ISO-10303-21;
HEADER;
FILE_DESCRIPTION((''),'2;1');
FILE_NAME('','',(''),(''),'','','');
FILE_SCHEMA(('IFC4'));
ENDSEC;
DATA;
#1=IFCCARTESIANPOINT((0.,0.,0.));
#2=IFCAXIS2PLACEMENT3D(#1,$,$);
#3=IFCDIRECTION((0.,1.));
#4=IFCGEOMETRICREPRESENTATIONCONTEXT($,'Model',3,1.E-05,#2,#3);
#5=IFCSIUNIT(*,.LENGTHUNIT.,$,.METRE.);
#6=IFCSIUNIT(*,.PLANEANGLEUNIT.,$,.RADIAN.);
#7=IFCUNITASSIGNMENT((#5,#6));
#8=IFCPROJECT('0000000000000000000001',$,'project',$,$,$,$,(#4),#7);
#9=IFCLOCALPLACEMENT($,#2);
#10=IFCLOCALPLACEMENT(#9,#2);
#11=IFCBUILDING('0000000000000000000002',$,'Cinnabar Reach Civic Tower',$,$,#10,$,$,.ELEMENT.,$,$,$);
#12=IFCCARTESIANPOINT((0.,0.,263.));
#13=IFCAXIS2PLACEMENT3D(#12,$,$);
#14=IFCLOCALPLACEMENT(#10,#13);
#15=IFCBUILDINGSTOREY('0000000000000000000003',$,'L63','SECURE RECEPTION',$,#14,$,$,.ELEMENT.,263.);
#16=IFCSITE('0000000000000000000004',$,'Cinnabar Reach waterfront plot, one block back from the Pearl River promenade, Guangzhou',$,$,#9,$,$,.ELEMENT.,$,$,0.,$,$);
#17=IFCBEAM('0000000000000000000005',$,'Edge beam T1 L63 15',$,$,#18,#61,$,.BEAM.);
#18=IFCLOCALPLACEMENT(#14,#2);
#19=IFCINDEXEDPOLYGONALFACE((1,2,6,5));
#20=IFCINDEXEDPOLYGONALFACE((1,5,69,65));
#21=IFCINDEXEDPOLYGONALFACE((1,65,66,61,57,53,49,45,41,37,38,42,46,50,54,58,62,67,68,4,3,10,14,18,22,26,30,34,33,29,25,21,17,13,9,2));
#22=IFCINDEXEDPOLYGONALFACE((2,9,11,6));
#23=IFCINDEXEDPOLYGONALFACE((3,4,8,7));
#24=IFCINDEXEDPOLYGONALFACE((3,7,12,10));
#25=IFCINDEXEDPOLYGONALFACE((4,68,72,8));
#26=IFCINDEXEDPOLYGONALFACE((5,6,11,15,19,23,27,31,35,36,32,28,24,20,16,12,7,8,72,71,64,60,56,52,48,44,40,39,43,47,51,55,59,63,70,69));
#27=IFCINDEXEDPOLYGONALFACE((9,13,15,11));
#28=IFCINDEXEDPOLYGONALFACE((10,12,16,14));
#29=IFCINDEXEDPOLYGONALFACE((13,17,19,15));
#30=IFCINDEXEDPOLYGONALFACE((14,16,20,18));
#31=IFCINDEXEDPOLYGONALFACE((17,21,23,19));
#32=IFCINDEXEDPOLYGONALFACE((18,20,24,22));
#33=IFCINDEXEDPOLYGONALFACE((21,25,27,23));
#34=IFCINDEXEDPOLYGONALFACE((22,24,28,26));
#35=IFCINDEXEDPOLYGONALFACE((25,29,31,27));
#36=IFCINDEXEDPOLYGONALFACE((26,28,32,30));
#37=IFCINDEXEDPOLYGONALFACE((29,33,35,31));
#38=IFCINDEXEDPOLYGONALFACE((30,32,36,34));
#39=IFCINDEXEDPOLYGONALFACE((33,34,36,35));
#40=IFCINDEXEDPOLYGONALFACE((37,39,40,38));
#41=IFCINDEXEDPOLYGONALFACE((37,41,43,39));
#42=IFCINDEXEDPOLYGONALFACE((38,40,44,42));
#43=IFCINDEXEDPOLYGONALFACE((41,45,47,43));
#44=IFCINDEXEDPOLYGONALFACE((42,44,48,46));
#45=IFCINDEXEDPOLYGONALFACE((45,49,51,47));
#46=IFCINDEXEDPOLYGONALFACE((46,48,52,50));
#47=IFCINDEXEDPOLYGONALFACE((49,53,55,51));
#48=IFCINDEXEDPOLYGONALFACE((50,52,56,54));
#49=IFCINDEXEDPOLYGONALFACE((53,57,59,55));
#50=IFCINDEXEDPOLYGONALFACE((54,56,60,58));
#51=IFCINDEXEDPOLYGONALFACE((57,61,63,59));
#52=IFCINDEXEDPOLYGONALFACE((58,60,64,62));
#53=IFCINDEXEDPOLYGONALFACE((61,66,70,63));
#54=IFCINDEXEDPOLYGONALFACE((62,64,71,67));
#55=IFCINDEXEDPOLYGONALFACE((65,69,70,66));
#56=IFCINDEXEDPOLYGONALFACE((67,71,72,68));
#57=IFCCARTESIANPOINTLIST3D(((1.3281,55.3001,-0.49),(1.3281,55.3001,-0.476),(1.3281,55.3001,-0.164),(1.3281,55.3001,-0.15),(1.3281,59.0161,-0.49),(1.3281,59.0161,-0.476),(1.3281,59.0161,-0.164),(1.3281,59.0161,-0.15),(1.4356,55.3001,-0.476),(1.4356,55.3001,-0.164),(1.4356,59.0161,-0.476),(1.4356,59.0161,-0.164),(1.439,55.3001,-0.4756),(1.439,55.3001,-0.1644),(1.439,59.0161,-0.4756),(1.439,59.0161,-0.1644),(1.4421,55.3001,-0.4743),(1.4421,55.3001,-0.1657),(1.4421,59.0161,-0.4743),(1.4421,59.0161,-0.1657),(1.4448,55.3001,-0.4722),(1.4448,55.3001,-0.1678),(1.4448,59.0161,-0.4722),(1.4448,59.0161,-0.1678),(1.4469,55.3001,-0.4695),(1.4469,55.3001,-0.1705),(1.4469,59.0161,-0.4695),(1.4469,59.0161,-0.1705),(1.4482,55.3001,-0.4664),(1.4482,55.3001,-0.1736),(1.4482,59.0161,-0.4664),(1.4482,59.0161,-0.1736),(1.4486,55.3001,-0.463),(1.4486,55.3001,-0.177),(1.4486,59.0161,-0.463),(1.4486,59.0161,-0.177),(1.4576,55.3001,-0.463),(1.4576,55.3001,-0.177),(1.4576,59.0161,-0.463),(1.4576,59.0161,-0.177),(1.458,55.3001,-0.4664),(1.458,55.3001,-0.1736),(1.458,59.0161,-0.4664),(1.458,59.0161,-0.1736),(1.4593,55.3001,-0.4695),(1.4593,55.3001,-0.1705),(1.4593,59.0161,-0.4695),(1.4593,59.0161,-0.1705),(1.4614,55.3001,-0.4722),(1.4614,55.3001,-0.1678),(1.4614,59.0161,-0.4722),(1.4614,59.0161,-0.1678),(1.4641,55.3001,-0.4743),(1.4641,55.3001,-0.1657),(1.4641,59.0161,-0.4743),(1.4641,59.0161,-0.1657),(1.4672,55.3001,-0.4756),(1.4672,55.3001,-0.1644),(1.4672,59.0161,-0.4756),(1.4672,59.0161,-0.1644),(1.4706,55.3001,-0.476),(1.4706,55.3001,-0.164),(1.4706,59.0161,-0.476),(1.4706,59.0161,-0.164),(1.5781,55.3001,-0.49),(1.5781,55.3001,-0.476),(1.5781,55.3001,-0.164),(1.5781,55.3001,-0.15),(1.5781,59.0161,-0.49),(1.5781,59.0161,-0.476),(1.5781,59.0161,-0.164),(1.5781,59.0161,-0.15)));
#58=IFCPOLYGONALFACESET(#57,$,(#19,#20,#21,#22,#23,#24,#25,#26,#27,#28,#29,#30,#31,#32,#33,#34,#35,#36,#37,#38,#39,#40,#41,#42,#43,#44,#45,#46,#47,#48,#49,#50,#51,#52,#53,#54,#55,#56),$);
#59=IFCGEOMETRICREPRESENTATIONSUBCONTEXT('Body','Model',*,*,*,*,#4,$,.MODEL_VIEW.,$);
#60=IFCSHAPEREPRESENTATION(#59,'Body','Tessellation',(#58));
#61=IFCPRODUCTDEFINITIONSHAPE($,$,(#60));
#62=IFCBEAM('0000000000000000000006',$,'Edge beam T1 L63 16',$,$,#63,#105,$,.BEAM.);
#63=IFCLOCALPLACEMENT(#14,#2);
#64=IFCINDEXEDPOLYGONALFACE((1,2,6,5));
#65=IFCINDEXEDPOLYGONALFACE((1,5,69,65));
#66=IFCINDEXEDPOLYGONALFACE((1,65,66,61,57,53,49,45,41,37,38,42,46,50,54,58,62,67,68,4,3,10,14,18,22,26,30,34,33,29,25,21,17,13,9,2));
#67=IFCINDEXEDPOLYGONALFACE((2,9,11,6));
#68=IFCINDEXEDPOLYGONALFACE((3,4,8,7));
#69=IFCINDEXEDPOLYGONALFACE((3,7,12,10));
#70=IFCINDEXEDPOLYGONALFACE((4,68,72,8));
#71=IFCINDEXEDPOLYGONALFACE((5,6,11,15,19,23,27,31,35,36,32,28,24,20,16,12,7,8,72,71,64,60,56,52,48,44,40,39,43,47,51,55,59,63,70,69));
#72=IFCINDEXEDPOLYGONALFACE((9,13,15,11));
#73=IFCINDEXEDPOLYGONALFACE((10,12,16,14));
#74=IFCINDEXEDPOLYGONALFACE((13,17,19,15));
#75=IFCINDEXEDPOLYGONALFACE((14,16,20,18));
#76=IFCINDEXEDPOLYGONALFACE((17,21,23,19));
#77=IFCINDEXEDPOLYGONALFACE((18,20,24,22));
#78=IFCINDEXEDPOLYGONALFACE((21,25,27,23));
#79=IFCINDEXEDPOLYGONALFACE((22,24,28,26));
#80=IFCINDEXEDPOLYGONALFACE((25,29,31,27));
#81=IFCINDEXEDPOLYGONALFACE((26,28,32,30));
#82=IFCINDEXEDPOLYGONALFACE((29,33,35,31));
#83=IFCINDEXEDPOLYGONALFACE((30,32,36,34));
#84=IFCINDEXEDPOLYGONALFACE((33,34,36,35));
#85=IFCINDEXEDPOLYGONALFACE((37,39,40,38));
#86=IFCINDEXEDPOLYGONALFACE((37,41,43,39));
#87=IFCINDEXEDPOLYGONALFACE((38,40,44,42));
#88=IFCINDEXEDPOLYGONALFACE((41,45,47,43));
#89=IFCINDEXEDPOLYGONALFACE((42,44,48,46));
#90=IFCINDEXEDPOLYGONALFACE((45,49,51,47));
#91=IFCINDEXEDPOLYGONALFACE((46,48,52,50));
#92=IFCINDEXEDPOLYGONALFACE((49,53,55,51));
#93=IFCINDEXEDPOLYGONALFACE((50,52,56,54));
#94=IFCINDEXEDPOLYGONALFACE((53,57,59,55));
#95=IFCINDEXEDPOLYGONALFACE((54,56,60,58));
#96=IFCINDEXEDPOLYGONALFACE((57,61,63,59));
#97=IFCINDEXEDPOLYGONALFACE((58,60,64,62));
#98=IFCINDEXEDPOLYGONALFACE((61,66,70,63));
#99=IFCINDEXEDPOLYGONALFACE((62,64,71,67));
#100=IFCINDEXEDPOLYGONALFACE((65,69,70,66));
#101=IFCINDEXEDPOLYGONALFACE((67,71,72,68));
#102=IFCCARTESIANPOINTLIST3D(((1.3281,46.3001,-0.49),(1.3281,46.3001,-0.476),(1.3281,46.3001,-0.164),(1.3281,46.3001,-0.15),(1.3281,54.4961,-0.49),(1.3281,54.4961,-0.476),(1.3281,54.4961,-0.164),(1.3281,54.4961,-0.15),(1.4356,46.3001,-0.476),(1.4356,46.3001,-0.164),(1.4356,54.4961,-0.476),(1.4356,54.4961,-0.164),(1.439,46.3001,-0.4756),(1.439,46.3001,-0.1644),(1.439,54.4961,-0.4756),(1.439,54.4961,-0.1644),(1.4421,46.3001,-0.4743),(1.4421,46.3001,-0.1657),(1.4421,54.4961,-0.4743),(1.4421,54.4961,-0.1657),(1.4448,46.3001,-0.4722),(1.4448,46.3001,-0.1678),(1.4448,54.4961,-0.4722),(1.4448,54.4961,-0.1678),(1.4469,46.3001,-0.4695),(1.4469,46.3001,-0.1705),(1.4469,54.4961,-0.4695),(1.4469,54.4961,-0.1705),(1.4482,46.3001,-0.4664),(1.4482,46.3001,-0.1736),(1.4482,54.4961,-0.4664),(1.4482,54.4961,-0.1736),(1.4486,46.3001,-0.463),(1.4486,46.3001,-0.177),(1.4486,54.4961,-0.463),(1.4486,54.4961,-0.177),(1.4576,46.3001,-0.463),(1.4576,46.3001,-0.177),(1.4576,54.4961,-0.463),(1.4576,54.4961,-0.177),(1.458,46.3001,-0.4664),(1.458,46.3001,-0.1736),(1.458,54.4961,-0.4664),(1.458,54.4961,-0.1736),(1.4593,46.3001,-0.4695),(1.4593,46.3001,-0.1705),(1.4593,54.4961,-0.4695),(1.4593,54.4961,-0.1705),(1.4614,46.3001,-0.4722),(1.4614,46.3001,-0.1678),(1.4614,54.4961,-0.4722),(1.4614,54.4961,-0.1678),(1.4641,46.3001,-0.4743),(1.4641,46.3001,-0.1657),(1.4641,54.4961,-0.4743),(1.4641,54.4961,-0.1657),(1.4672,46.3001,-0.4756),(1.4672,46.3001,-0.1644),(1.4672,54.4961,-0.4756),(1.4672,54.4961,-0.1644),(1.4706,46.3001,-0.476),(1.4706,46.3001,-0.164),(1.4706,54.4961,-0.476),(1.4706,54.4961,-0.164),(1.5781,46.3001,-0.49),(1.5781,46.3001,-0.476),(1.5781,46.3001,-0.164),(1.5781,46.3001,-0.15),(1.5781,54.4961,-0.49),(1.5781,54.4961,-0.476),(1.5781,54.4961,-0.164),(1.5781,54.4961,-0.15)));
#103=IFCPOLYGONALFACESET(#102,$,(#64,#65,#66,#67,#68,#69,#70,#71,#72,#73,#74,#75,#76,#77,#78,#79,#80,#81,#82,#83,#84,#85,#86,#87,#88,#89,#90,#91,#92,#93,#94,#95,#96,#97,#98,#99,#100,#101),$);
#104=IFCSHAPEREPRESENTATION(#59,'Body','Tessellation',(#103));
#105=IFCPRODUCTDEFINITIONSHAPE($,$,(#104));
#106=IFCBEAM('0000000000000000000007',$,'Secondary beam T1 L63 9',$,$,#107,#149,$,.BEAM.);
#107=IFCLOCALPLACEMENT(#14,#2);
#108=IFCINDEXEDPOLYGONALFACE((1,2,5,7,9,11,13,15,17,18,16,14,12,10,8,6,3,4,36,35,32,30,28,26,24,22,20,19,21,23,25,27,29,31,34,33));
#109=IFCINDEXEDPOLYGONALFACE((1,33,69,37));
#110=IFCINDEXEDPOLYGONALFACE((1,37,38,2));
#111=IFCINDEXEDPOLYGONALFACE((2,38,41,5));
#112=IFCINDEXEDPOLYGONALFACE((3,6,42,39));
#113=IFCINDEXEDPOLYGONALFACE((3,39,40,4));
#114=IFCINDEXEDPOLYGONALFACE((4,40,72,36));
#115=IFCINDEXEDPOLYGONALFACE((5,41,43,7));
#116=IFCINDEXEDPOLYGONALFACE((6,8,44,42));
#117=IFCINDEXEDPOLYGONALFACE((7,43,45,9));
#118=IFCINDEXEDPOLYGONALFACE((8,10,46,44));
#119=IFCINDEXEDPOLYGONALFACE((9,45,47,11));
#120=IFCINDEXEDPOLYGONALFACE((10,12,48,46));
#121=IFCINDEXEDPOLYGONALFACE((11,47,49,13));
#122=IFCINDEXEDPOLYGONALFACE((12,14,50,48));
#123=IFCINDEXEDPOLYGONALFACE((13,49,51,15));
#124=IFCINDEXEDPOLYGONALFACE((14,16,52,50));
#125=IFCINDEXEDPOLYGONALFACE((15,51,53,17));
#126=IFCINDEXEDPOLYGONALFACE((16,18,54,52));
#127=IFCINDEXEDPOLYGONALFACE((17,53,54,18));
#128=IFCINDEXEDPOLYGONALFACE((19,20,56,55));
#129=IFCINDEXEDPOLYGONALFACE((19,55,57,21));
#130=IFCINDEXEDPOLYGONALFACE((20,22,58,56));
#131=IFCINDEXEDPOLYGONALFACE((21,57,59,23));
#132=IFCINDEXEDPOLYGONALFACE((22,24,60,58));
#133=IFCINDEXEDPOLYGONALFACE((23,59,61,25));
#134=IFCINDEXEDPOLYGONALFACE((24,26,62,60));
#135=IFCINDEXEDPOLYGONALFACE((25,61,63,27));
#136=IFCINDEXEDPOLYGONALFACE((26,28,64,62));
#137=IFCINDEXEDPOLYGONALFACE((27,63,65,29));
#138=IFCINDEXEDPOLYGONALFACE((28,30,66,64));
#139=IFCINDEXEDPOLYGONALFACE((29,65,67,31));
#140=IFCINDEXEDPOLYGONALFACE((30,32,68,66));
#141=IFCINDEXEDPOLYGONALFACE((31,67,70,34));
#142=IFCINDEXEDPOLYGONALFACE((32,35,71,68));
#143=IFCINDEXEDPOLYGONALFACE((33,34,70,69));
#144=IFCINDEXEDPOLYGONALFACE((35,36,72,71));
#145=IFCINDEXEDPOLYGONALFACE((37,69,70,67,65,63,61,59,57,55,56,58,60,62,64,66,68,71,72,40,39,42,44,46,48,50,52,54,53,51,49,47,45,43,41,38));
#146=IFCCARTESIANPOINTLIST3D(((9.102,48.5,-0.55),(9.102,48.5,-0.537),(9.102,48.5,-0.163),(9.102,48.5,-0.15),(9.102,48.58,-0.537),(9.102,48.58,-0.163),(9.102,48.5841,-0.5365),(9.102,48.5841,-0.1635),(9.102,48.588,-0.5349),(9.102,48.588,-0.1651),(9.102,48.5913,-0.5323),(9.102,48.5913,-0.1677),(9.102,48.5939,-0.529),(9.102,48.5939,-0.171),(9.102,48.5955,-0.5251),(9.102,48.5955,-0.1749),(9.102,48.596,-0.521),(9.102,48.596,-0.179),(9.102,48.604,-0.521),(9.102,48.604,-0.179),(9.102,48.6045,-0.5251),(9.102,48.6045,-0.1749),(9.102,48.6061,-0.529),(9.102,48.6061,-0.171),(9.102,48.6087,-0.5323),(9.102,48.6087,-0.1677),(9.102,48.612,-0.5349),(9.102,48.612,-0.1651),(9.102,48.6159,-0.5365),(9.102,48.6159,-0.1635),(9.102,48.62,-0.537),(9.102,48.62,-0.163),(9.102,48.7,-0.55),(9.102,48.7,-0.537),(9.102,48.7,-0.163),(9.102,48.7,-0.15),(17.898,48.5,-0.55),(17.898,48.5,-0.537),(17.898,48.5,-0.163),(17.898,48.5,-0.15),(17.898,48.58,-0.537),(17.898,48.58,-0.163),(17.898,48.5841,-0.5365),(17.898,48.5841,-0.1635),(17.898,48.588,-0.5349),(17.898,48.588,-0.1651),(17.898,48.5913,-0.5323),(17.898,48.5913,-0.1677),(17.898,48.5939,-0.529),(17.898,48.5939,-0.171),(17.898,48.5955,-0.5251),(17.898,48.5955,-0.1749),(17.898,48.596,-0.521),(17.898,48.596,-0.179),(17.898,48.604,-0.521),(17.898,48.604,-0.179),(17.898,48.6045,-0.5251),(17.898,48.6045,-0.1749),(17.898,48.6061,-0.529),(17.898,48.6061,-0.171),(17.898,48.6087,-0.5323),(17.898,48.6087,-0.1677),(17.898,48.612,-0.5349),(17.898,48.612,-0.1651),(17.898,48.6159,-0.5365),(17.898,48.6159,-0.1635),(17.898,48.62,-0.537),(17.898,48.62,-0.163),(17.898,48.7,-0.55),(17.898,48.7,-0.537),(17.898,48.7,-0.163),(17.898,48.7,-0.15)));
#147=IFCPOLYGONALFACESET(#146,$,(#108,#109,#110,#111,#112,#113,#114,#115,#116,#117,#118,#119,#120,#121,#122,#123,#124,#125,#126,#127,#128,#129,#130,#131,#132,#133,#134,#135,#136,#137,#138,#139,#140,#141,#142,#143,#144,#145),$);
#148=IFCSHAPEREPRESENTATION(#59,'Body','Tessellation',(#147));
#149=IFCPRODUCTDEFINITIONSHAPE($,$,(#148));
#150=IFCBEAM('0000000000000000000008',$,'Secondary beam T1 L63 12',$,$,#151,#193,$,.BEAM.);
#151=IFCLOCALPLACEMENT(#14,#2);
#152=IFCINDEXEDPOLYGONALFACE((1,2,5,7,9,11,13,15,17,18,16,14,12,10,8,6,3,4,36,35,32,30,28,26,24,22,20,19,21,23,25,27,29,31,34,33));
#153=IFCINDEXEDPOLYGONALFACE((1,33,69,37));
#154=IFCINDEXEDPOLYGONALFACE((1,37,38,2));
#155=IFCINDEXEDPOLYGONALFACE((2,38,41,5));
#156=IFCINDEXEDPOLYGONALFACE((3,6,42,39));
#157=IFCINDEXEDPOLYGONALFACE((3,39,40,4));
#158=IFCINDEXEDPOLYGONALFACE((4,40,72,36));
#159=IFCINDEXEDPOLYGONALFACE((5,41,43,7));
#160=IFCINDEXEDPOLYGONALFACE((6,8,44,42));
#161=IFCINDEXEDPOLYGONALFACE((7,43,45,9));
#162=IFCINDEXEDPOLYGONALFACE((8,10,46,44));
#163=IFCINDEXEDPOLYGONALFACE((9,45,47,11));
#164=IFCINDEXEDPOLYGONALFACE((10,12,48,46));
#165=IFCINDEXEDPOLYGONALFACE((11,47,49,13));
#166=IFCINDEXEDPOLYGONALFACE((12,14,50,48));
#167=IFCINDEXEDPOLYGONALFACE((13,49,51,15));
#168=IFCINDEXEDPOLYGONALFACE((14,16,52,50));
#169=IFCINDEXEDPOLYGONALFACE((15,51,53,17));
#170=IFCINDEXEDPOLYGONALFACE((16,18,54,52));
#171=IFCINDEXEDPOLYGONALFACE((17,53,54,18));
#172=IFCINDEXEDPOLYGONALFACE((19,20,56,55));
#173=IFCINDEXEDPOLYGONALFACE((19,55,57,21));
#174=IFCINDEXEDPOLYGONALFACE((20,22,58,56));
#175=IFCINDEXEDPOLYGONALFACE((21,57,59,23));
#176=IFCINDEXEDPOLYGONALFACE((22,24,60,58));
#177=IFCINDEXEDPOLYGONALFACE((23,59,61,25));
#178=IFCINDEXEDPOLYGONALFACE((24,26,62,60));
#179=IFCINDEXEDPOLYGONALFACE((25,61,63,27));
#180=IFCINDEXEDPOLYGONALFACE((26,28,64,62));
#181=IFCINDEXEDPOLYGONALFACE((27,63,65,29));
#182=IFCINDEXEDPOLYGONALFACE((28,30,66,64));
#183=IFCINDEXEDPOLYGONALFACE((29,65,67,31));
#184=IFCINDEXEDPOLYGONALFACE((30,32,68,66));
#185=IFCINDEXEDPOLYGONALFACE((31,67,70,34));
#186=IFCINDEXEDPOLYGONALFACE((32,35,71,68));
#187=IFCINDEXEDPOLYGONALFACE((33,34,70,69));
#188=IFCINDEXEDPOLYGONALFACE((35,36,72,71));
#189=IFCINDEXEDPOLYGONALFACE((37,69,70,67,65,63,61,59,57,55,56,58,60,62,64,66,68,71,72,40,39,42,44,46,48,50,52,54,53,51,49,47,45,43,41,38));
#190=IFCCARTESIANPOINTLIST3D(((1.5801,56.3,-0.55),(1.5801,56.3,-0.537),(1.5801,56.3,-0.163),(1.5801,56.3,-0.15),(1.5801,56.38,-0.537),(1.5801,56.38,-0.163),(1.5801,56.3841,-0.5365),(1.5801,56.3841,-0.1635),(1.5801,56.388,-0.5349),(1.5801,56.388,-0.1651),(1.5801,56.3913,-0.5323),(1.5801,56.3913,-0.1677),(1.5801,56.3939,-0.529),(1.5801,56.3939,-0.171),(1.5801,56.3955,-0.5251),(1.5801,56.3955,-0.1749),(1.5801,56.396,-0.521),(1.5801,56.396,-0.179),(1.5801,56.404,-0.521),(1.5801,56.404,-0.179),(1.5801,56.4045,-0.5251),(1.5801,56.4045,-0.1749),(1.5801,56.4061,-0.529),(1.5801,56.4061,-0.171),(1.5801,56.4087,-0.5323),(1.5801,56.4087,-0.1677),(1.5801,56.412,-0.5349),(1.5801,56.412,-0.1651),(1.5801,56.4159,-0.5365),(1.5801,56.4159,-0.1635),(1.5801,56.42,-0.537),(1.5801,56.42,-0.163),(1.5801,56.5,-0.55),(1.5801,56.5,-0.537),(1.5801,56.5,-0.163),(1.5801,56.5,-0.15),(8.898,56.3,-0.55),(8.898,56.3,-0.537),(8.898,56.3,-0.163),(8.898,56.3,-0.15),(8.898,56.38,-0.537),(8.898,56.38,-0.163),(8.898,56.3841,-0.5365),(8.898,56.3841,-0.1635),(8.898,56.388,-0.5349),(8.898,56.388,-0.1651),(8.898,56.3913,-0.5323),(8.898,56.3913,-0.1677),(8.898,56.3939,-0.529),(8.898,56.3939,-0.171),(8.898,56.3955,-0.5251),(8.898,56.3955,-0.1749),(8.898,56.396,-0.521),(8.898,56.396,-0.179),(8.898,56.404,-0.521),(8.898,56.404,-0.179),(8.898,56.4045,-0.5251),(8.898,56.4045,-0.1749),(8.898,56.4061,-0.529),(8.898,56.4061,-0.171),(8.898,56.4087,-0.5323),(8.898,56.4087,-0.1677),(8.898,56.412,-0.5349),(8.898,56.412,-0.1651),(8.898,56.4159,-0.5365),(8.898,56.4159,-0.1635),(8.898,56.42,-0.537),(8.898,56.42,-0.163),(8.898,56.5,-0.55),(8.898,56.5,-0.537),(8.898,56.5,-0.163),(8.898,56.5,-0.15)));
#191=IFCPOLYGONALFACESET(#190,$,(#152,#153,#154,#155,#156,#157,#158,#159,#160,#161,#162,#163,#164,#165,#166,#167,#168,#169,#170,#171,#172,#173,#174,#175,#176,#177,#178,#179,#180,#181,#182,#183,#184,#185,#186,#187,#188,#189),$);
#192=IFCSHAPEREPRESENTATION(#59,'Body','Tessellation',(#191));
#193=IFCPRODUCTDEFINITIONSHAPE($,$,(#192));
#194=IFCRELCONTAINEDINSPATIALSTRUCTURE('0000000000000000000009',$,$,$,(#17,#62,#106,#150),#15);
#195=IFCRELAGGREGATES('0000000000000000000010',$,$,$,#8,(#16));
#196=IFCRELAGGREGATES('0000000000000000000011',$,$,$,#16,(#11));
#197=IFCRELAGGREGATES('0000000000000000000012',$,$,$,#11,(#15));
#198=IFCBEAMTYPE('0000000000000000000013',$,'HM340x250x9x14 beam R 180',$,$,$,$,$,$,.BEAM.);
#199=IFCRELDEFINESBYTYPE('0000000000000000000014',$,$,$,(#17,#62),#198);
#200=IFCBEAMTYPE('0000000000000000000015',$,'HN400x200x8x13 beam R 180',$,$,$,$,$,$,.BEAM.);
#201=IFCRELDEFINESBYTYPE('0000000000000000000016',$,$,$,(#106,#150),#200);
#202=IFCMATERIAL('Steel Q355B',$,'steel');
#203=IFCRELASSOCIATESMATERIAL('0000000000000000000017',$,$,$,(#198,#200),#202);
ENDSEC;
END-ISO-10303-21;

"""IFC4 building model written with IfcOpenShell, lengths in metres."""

from ifc_helpers import new_model, si_unit, direction, frame, origin, origin_2d, place, context, subcontext, project, spatial, i_section, extrude, material, material_profile, profile_set, type_object, element, save


model = new_model("IFC4")

# Units and contexts
model_context = context("Model", 3, precision=1e-05, world=origin(), true_north=direction((0.0, 1.0)))
body_context = subcontext(model_context, "Body", "Model", "MODEL_VIEW")
ifc_project = project(units=[si_unit("LENGTHUNIT", "METRE"), si_unit("PLANEANGLEUNIT", "RADIAN")], contexts=[model_context])

# Site, building, storey
site_placement = place(None, origin())
site = spatial("IfcSite", under=ifc_project, at=site_placement, Name="Cinnabar Reach waterfront plot, one block back from the Pearl River promenade, Guangzhou", CompositionType="ELEMENT", RefElevation=0.0)
building_placement = place(site_placement, origin())
building = spatial("IfcBuilding", under=site, at=building_placement, Name="Cinnabar Reach Civic Tower", CompositionType="ELEMENT")
storey_placement = place(building_placement, frame((0.0, 0.0, 263.0)))
storey = spatial("IfcBuildingStorey", under=building, at=storey_placement, Name="L63", Description="SECURE RECEPTION", CompositionType="ELEMENT", Elevation=263.0)

# Beams
ifc_material_1 = material(Name="Steel Q355B", Category="steel")
ifc_material_profile_1 = material_profile(ifc_material_1, i_section(OverallWidth=0.25, OverallDepth=0.34, WebThickness=0.009, FlangeThickness=0.014, FilletRadius=0.013, at=origin_2d()), Name="HM340x250x9x14")
ifc_profile_set_1 = profile_set([ifc_material_profile_1], Name="Steel Q355B")
beam_type_1 = type_object("IfcBeamType", Name="HM340x250x9x14 beam R 180", PredefinedType="BEAM", material=ifc_profile_set_1)
beam_1_placement = place(storey_placement, frame((1.4531, 59.0161, -0.32), z_axis=(0.0, -1.0, 0.0), x_axis=(1.0, 0.0, 0.0)))
element("IfcBeam", 1, at=beam_1_placement, inside=storey, type_object=beam_type_1, Name="Edge beam T1 L63 15", PredefinedType="BEAM", context=body_context, shape_type="SweptSolid", body=[
    extrude(i_section(OverallWidth=0.25, OverallDepth=0.34, WebThickness=0.009, FlangeThickness=0.014, FilletRadius=0.013, at=origin_2d()), origin(), (0.0, 0.0, 1.0), 3.716),
])
beam_2_placement = place(storey_placement, frame((1.4531, 54.4961, -0.32), z_axis=(0.0, -1.0, 0.0), x_axis=(1.0, 0.0, 0.0)))
element("IfcBeam", 2, at=beam_2_placement, inside=storey, type_object=beam_type_1, Name="Edge beam T1 L63 16", PredefinedType="BEAM", context=body_context, shape_type="SweptSolid", body=[
    extrude(i_section(OverallWidth=0.25, OverallDepth=0.34, WebThickness=0.009, FlangeThickness=0.014, FilletRadius=0.013, at=origin_2d()), origin(), (0.0, 0.0, 1.0), 8.196),
])
ifc_material_profile_2 = material_profile(ifc_material_1, i_section(OverallWidth=0.2, OverallDepth=0.4, WebThickness=0.008, FlangeThickness=0.013, FilletRadius=0.016, at=origin_2d()), Name="HN400x200x8x13")
ifc_profile_set_2 = profile_set([ifc_material_profile_2], Name="Steel Q355B")
beam_type_2 = type_object("IfcBeamType", Name="HN400x200x8x13 beam R 180", PredefinedType="BEAM", material=ifc_profile_set_2)
beam_3_placement = place(storey_placement, frame((9.102, 48.6, -0.35), z_axis=(1.0, 0.0, 0.0), x_axis=(0.0, 1.0, 0.0)))
element("IfcBeam", 3, at=beam_3_placement, inside=storey, type_object=beam_type_2, Name="Secondary beam T1 L63 9", PredefinedType="BEAM", context=body_context, shape_type="SweptSolid", body=[
    extrude(i_section(OverallWidth=0.2, OverallDepth=0.4, WebThickness=0.008, FlangeThickness=0.013, FilletRadius=0.016, at=origin_2d()), origin(), (0.0, 0.0, 1.0), 8.796),
])
beam_4_placement = place(storey_placement, frame((1.5801, 56.4, -0.35), z_axis=(1.0, 0.0, 0.0), x_axis=(0.0, 1.0, 0.0)))
element("IfcBeam", 4, at=beam_4_placement, inside=storey, type_object=beam_type_2, Name="Secondary beam T1 L63 12", PredefinedType="BEAM", context=body_context, shape_type="SweptSolid", body=[
    extrude(i_section(OverallWidth=0.2, OverallDepth=0.4, WebThickness=0.008, FlangeThickness=0.013, FilletRadius=0.016, at=origin_2d()), origin(), (0.0, 0.0, 1.0), 7.3179),
])

save(model, "model.ifc")
